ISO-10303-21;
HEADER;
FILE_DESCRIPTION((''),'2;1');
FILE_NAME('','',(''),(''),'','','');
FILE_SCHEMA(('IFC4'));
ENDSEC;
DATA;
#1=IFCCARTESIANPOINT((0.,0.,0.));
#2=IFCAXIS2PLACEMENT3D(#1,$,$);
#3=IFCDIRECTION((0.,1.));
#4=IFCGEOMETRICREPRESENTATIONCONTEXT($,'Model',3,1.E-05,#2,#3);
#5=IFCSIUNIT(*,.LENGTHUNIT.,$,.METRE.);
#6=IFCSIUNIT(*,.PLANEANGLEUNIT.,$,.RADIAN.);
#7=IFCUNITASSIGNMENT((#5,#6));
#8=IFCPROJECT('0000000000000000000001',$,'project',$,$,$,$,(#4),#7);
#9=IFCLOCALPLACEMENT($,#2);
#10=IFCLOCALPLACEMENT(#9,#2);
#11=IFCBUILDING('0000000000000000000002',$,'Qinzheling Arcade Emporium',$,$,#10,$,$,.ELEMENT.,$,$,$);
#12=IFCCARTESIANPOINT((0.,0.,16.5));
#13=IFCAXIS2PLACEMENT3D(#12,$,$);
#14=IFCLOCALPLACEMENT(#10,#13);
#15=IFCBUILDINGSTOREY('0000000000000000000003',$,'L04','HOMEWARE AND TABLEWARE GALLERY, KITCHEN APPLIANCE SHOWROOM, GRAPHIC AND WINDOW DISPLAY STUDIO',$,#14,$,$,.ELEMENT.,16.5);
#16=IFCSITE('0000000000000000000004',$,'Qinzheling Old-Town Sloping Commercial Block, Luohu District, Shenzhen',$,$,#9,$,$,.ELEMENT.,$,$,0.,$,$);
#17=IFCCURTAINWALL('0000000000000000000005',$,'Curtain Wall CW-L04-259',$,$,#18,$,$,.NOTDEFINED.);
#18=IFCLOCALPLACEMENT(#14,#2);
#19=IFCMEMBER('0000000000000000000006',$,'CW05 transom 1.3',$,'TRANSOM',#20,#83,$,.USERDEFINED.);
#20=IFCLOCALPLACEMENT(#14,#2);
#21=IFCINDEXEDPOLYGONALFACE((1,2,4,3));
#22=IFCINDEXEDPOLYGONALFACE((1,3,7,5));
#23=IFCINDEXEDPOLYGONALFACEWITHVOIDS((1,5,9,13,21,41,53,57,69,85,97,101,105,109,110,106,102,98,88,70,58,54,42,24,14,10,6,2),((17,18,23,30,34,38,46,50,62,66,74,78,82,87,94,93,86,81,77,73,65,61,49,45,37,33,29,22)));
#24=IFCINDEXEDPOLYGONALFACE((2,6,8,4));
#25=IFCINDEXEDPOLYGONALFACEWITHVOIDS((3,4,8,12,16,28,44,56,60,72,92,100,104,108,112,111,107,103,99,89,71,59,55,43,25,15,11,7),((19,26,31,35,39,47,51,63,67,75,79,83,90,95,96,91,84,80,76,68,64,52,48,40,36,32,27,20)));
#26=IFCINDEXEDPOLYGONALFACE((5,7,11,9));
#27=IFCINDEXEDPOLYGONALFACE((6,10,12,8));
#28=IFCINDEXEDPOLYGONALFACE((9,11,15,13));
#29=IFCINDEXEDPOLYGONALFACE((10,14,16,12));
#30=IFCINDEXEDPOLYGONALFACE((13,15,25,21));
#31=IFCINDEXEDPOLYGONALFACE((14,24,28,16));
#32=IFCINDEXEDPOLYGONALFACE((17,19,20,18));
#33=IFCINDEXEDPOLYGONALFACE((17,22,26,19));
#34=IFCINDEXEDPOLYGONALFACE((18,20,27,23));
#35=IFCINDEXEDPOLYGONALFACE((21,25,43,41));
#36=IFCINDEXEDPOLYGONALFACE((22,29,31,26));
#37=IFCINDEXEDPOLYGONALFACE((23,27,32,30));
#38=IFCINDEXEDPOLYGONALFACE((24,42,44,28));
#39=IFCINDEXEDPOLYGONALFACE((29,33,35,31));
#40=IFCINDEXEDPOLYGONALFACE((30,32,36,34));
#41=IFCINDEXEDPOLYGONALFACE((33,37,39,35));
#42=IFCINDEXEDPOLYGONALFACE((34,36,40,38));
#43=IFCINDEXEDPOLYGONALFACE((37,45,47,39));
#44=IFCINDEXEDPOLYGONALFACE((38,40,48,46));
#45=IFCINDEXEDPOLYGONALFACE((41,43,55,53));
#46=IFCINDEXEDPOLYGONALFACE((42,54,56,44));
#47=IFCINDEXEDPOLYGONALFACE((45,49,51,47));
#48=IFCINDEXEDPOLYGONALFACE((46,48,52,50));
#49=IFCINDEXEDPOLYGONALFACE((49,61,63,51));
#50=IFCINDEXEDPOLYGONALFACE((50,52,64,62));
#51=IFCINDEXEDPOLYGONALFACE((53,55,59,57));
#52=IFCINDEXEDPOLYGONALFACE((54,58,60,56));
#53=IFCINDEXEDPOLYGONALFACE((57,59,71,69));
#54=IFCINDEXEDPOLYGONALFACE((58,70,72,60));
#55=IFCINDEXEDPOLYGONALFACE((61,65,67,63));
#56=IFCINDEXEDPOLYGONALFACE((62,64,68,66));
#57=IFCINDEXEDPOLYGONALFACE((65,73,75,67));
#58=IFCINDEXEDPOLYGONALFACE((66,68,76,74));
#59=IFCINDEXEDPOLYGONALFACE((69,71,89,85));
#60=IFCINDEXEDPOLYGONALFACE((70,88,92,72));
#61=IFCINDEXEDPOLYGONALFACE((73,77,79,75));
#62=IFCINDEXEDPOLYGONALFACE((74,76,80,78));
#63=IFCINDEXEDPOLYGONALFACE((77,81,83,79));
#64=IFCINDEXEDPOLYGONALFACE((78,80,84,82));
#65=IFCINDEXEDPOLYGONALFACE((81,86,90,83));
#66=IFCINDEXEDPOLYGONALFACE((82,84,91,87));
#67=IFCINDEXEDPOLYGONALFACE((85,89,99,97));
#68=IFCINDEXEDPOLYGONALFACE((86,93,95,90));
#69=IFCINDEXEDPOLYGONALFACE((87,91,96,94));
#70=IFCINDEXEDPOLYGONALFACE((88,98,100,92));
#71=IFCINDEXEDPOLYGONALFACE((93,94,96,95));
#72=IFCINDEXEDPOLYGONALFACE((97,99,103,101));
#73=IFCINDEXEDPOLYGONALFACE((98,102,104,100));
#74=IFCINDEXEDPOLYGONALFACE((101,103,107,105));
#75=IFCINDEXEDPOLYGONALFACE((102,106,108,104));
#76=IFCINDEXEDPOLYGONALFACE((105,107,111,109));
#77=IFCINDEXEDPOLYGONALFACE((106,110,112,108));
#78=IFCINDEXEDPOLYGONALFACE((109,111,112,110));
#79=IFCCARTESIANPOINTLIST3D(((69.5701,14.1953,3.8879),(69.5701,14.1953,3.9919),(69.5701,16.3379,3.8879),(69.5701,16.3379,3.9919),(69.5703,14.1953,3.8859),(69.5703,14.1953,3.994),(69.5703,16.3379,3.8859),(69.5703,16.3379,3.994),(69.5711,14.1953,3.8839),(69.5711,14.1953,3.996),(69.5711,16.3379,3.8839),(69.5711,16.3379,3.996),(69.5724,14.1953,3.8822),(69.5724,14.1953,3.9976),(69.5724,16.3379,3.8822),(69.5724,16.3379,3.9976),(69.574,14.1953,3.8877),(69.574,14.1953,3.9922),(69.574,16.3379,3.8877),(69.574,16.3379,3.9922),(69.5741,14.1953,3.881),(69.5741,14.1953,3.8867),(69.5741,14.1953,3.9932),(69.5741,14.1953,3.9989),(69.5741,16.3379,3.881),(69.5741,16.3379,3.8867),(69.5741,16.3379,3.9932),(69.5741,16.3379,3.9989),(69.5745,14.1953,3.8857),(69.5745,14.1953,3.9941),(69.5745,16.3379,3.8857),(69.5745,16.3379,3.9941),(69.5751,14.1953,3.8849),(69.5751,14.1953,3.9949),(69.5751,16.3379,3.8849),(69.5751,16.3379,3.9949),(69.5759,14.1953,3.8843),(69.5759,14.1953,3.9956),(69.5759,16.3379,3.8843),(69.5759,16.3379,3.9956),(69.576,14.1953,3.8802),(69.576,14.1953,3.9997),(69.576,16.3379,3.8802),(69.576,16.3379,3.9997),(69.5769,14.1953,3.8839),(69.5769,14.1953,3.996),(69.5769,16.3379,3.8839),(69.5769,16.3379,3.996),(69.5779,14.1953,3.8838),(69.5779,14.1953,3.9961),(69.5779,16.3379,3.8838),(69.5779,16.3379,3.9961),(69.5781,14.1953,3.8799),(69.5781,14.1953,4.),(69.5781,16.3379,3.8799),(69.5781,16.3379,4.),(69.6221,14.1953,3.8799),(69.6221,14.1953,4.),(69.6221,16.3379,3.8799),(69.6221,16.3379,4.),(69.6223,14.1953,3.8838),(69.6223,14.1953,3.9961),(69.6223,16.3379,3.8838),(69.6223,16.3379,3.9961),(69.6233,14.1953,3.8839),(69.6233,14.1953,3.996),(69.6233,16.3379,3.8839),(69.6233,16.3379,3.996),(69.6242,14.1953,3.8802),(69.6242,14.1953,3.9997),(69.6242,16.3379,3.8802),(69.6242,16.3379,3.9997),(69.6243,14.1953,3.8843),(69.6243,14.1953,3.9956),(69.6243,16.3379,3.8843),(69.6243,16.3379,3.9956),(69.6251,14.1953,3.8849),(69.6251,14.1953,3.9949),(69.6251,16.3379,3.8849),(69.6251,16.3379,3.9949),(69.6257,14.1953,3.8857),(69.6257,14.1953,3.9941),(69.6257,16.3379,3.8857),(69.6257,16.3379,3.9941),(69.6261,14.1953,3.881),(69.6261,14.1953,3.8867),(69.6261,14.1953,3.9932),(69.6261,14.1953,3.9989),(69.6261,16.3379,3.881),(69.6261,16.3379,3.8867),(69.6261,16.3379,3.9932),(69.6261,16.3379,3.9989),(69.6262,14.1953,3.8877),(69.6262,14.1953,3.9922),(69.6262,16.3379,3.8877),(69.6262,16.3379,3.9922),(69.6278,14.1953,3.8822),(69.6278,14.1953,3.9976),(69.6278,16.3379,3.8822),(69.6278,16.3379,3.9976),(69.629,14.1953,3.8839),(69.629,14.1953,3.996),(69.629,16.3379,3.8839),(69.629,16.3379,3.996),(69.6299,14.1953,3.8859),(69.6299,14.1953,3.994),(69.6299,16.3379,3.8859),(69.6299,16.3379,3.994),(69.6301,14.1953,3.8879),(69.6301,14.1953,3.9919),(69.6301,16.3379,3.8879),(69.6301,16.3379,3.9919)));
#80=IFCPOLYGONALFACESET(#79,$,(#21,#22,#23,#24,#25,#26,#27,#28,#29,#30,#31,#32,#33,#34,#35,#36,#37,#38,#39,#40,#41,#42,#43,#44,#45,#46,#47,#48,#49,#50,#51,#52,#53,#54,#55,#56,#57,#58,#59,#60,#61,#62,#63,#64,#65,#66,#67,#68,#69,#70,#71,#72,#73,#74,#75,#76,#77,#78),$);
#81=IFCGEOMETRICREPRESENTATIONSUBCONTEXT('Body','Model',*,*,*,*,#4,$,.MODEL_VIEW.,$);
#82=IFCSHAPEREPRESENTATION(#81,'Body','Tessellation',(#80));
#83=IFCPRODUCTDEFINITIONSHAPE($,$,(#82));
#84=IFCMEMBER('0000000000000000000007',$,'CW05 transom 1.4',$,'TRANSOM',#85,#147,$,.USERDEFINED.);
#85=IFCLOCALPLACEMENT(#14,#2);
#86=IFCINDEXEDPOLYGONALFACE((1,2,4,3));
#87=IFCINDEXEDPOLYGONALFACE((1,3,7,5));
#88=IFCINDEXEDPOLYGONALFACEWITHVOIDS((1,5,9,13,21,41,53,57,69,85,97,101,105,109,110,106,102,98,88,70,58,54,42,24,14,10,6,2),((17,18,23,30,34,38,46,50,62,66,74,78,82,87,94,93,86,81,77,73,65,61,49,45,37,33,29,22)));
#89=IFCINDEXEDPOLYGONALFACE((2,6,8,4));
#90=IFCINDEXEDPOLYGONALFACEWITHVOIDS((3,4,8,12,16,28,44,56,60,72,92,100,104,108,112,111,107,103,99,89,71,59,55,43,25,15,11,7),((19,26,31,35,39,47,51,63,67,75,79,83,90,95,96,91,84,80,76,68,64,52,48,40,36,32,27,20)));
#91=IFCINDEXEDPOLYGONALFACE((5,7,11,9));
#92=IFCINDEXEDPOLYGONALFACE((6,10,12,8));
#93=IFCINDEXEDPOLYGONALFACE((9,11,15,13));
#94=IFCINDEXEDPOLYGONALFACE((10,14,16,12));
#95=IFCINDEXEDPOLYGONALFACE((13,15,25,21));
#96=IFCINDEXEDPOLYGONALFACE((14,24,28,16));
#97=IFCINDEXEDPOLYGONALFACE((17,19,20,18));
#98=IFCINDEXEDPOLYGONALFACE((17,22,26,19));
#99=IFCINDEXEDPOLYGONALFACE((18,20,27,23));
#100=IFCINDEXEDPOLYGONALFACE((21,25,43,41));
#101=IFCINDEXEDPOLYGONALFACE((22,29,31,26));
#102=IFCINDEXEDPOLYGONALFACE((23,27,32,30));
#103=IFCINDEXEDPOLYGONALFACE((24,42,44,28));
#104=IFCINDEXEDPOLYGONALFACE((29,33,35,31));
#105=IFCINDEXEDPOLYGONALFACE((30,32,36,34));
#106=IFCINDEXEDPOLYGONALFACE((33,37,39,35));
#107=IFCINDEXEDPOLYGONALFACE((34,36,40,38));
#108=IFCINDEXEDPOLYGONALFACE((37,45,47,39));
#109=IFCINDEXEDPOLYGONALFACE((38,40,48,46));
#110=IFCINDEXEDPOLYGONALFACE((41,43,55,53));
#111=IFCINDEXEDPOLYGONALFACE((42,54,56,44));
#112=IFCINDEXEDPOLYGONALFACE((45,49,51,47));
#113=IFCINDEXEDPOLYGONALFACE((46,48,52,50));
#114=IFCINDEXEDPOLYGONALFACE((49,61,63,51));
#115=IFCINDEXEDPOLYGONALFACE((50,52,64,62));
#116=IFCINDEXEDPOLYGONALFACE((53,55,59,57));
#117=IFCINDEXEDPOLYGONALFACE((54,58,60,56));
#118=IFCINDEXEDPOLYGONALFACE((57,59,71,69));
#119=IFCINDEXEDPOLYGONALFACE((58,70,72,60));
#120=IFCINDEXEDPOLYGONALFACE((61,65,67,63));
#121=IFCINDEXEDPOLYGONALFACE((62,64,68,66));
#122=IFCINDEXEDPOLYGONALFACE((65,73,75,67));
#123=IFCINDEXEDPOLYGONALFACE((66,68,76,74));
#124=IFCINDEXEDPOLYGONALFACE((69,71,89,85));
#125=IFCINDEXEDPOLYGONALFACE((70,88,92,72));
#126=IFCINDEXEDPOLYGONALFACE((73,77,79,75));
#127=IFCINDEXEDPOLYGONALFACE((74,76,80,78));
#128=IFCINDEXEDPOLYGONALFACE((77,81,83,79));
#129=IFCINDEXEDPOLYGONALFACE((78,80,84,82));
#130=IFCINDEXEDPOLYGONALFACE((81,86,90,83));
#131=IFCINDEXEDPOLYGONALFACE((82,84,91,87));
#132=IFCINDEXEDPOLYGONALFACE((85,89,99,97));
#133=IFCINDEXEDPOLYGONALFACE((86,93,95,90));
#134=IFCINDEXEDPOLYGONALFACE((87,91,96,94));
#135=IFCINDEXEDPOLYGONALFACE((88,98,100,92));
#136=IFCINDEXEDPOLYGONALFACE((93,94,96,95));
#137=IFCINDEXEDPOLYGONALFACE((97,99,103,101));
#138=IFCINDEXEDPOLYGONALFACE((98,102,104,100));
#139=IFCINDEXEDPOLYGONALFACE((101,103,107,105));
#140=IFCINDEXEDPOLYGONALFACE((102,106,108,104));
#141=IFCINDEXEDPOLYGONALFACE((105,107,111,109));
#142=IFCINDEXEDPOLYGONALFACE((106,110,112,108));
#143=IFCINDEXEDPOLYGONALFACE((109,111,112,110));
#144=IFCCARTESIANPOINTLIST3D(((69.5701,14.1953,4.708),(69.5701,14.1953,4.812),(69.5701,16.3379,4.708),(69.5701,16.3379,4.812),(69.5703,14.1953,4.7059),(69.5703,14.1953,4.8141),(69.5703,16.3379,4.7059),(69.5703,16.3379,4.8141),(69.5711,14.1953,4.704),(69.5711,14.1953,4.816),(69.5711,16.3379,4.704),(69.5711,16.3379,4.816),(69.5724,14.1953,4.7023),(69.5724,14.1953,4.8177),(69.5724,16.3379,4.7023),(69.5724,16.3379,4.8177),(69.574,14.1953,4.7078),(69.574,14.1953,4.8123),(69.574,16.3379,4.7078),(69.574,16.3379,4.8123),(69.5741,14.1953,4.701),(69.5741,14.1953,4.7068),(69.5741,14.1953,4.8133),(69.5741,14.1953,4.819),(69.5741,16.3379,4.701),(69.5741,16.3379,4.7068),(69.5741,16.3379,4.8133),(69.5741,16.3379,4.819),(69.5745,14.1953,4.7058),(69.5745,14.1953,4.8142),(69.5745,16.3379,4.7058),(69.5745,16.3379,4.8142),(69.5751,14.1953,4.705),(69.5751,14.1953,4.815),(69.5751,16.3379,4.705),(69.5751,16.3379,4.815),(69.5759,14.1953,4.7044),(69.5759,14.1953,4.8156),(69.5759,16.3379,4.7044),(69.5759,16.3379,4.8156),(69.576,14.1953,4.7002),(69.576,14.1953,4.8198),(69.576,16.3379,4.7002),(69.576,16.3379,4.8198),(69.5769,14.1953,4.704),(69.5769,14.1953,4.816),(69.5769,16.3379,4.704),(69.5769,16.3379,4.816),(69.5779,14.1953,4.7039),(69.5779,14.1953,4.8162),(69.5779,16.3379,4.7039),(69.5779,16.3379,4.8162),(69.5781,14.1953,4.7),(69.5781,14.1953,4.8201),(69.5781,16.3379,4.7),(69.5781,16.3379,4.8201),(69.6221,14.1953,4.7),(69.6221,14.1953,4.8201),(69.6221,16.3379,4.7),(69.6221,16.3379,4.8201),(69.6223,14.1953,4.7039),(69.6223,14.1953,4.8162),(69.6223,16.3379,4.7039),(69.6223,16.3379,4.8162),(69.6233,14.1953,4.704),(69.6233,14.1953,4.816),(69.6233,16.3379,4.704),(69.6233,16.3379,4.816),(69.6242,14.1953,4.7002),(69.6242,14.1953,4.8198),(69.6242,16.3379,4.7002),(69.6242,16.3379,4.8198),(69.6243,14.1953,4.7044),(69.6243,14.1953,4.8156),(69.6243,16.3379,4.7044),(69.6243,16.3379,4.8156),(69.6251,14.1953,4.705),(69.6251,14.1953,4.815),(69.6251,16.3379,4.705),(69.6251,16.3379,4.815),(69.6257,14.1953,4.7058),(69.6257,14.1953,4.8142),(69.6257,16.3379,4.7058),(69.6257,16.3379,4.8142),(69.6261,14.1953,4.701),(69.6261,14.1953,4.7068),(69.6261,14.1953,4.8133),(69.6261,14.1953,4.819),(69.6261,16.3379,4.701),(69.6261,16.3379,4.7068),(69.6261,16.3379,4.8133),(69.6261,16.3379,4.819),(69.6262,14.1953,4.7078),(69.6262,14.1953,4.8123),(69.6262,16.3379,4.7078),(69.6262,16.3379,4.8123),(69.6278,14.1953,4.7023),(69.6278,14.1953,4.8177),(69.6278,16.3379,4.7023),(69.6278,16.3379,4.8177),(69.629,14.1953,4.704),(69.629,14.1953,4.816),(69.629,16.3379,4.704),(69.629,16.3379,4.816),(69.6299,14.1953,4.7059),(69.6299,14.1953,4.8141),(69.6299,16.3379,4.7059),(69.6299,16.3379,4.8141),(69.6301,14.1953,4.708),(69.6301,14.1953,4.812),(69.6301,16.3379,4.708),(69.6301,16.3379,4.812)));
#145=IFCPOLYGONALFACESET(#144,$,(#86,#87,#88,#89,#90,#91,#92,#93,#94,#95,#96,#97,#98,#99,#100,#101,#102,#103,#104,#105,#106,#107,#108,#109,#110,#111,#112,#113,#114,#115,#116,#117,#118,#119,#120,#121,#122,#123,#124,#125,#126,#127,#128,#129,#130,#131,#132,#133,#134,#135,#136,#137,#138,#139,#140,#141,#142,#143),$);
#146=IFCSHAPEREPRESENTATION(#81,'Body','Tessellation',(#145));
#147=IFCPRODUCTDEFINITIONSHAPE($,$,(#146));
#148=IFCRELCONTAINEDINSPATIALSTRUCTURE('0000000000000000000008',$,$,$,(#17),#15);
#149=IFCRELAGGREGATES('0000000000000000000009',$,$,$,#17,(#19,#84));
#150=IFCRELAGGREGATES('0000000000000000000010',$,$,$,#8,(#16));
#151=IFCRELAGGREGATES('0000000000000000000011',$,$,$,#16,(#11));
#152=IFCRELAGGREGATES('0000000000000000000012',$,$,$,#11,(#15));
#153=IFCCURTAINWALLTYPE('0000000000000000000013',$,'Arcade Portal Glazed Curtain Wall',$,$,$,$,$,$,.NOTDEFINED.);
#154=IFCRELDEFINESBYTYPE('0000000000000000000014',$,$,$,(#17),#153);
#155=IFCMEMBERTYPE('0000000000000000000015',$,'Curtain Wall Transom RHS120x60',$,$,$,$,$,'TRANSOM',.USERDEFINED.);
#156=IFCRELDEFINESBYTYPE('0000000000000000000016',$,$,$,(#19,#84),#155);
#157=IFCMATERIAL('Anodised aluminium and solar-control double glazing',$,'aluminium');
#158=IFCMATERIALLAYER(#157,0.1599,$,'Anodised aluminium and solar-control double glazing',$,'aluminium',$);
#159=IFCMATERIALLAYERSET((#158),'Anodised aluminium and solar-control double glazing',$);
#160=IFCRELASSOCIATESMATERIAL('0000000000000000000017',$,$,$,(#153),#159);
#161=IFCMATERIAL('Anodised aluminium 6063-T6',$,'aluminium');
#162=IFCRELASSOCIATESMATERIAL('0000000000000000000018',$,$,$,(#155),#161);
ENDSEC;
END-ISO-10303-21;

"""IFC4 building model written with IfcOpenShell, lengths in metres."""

from ifc_helpers import new_model, si_unit, direction, frame, origin, origin_2d, place, context, subcontext, project, spatial, hollow_rectangle, extrude, material, layer, layer_set, material_profile, profile_set, type_object, element, aggregate, save


model = new_model("IFC4")

# Units and contexts
model_context = context("Model", 3, precision=1e-05, world=origin(), true_north=direction((0.0, 1.0)))
body_context = subcontext(model_context, "Body", "Model", "MODEL_VIEW")
ifc_project = project(units=[si_unit("LENGTHUNIT", "METRE"), si_unit("PLANEANGLEUNIT", "RADIAN")], contexts=[model_context])

# Site, building, storey
site_placement = place(None, origin())
site = spatial("IfcSite", under=ifc_project, at=site_placement, Name="Qinzheling Old-Town Sloping Commercial Block, Luohu District, Shenzhen", CompositionType="ELEMENT", RefElevation=0.0)
building_placement = place(site_placement, origin())
building = spatial("IfcBuilding", under=site, at=building_placement, Name="Qinzheling Arcade Emporium", CompositionType="ELEMENT")
storey_placement = place(building_placement, frame((0.0, 0.0, 16.5)))
storey = spatial("IfcBuildingStorey", under=building, at=storey_placement, Name="L04", Description="HOMEWARE AND TABLEWARE GALLERY, KITCHEN APPLIANCE SHOWROOM, GRAPHIC AND WINDOW DISPLAY STUDIO", CompositionType="ELEMENT", Elevation=16.5)

# Curtain wall
ifc_material_1 = material(Name="Anodised aluminium and solar-control double glazing", Category="aluminium")
ifc_layer_1 = layer(ifc_material_1, 0.1599, Name="Anodised aluminium and solar-control double glazing", Category="aluminium")
ifc_layer_set_1 = layer_set([ifc_layer_1], Name="Anodised aluminium and solar-control double glazing")
curtain_wall_type = type_object("IfcCurtainWallType", Name="Arcade Portal Glazed Curtain Wall", PredefinedType="NOTDEFINED", material=ifc_layer_set_1)
ifc_material_2 = material(Name="Anodised aluminium 6063-T6", Category="aluminium")
curtain_wall_1_placement = place(storey_placement, origin())
curtain_wall_1 = element("IfcCurtainWall", 1, at=curtain_wall_1_placement, inside=storey, type_object=curtain_wall_type, Name="Curtain Wall CW-L04-259", PredefinedType="NOTDEFINED")

# Members
ifc_material_profile_1 = material_profile(ifc_material_2, hollow_rectangle(XDim=0.0601, YDim=0.1201, WallThickness=0.0039, InnerFilletRadius=0.0039, OuterFilletRadius=0.0081, at=origin_2d()), Name="RHS 120x60x4", Category="aluminium")
ifc_profile_set_1 = profile_set([ifc_material_profile_1], Name="Anodised aluminium 6063-T6")
member_type_1 = type_object("IfcMemberType", Name="Curtain Wall Transom RHS120x60", ElementType="TRANSOM", PredefinedType="USERDEFINED", material=ifc_profile_set_1)
member_1_placement = place(storey_placement, frame((69.6001, 16.3379, 3.9399), z_axis=(0.0, -1.0, 0.0), x_axis=(1.0, 0.0, 0.0)))
member_1 = element("IfcMember", 2, at=member_1_placement, type_object=member_type_1, Name="CW05 transom 1.3", ObjectType="TRANSOM", PredefinedType="USERDEFINED", context=body_context, shape_type="SweptSolid", body=[
    extrude(hollow_rectangle(XDim=0.0601, YDim=0.1201, WallThickness=0.0039, InnerFilletRadius=0.0039, OuterFilletRadius=0.0081, at=origin_2d()), origin(), (0.0, 0.0, 1.0), 2.1426),
])
member_2_placement = place(storey_placement, frame((69.6001, 16.3379, 4.76), z_axis=(0.0, -1.0, 0.0), x_axis=(1.0, 0.0, 0.0)))
member_2 = element("IfcMember", 3, at=member_2_placement, type_object=member_type_1, Name="CW05 transom 1.4", ObjectType="TRANSOM", PredefinedType="USERDEFINED", context=body_context, shape_type="SweptSolid", body=[
    extrude(hollow_rectangle(XDim=0.0601, YDim=0.1201, WallThickness=0.0039, InnerFilletRadius=0.0039, OuterFilletRadius=0.0081, at=origin_2d()), origin(), (0.0, 0.0, 1.0), 2.1426),
])

aggregate(curtain_wall_1, [member_1, member_2])

save(model, "model.ifc")
